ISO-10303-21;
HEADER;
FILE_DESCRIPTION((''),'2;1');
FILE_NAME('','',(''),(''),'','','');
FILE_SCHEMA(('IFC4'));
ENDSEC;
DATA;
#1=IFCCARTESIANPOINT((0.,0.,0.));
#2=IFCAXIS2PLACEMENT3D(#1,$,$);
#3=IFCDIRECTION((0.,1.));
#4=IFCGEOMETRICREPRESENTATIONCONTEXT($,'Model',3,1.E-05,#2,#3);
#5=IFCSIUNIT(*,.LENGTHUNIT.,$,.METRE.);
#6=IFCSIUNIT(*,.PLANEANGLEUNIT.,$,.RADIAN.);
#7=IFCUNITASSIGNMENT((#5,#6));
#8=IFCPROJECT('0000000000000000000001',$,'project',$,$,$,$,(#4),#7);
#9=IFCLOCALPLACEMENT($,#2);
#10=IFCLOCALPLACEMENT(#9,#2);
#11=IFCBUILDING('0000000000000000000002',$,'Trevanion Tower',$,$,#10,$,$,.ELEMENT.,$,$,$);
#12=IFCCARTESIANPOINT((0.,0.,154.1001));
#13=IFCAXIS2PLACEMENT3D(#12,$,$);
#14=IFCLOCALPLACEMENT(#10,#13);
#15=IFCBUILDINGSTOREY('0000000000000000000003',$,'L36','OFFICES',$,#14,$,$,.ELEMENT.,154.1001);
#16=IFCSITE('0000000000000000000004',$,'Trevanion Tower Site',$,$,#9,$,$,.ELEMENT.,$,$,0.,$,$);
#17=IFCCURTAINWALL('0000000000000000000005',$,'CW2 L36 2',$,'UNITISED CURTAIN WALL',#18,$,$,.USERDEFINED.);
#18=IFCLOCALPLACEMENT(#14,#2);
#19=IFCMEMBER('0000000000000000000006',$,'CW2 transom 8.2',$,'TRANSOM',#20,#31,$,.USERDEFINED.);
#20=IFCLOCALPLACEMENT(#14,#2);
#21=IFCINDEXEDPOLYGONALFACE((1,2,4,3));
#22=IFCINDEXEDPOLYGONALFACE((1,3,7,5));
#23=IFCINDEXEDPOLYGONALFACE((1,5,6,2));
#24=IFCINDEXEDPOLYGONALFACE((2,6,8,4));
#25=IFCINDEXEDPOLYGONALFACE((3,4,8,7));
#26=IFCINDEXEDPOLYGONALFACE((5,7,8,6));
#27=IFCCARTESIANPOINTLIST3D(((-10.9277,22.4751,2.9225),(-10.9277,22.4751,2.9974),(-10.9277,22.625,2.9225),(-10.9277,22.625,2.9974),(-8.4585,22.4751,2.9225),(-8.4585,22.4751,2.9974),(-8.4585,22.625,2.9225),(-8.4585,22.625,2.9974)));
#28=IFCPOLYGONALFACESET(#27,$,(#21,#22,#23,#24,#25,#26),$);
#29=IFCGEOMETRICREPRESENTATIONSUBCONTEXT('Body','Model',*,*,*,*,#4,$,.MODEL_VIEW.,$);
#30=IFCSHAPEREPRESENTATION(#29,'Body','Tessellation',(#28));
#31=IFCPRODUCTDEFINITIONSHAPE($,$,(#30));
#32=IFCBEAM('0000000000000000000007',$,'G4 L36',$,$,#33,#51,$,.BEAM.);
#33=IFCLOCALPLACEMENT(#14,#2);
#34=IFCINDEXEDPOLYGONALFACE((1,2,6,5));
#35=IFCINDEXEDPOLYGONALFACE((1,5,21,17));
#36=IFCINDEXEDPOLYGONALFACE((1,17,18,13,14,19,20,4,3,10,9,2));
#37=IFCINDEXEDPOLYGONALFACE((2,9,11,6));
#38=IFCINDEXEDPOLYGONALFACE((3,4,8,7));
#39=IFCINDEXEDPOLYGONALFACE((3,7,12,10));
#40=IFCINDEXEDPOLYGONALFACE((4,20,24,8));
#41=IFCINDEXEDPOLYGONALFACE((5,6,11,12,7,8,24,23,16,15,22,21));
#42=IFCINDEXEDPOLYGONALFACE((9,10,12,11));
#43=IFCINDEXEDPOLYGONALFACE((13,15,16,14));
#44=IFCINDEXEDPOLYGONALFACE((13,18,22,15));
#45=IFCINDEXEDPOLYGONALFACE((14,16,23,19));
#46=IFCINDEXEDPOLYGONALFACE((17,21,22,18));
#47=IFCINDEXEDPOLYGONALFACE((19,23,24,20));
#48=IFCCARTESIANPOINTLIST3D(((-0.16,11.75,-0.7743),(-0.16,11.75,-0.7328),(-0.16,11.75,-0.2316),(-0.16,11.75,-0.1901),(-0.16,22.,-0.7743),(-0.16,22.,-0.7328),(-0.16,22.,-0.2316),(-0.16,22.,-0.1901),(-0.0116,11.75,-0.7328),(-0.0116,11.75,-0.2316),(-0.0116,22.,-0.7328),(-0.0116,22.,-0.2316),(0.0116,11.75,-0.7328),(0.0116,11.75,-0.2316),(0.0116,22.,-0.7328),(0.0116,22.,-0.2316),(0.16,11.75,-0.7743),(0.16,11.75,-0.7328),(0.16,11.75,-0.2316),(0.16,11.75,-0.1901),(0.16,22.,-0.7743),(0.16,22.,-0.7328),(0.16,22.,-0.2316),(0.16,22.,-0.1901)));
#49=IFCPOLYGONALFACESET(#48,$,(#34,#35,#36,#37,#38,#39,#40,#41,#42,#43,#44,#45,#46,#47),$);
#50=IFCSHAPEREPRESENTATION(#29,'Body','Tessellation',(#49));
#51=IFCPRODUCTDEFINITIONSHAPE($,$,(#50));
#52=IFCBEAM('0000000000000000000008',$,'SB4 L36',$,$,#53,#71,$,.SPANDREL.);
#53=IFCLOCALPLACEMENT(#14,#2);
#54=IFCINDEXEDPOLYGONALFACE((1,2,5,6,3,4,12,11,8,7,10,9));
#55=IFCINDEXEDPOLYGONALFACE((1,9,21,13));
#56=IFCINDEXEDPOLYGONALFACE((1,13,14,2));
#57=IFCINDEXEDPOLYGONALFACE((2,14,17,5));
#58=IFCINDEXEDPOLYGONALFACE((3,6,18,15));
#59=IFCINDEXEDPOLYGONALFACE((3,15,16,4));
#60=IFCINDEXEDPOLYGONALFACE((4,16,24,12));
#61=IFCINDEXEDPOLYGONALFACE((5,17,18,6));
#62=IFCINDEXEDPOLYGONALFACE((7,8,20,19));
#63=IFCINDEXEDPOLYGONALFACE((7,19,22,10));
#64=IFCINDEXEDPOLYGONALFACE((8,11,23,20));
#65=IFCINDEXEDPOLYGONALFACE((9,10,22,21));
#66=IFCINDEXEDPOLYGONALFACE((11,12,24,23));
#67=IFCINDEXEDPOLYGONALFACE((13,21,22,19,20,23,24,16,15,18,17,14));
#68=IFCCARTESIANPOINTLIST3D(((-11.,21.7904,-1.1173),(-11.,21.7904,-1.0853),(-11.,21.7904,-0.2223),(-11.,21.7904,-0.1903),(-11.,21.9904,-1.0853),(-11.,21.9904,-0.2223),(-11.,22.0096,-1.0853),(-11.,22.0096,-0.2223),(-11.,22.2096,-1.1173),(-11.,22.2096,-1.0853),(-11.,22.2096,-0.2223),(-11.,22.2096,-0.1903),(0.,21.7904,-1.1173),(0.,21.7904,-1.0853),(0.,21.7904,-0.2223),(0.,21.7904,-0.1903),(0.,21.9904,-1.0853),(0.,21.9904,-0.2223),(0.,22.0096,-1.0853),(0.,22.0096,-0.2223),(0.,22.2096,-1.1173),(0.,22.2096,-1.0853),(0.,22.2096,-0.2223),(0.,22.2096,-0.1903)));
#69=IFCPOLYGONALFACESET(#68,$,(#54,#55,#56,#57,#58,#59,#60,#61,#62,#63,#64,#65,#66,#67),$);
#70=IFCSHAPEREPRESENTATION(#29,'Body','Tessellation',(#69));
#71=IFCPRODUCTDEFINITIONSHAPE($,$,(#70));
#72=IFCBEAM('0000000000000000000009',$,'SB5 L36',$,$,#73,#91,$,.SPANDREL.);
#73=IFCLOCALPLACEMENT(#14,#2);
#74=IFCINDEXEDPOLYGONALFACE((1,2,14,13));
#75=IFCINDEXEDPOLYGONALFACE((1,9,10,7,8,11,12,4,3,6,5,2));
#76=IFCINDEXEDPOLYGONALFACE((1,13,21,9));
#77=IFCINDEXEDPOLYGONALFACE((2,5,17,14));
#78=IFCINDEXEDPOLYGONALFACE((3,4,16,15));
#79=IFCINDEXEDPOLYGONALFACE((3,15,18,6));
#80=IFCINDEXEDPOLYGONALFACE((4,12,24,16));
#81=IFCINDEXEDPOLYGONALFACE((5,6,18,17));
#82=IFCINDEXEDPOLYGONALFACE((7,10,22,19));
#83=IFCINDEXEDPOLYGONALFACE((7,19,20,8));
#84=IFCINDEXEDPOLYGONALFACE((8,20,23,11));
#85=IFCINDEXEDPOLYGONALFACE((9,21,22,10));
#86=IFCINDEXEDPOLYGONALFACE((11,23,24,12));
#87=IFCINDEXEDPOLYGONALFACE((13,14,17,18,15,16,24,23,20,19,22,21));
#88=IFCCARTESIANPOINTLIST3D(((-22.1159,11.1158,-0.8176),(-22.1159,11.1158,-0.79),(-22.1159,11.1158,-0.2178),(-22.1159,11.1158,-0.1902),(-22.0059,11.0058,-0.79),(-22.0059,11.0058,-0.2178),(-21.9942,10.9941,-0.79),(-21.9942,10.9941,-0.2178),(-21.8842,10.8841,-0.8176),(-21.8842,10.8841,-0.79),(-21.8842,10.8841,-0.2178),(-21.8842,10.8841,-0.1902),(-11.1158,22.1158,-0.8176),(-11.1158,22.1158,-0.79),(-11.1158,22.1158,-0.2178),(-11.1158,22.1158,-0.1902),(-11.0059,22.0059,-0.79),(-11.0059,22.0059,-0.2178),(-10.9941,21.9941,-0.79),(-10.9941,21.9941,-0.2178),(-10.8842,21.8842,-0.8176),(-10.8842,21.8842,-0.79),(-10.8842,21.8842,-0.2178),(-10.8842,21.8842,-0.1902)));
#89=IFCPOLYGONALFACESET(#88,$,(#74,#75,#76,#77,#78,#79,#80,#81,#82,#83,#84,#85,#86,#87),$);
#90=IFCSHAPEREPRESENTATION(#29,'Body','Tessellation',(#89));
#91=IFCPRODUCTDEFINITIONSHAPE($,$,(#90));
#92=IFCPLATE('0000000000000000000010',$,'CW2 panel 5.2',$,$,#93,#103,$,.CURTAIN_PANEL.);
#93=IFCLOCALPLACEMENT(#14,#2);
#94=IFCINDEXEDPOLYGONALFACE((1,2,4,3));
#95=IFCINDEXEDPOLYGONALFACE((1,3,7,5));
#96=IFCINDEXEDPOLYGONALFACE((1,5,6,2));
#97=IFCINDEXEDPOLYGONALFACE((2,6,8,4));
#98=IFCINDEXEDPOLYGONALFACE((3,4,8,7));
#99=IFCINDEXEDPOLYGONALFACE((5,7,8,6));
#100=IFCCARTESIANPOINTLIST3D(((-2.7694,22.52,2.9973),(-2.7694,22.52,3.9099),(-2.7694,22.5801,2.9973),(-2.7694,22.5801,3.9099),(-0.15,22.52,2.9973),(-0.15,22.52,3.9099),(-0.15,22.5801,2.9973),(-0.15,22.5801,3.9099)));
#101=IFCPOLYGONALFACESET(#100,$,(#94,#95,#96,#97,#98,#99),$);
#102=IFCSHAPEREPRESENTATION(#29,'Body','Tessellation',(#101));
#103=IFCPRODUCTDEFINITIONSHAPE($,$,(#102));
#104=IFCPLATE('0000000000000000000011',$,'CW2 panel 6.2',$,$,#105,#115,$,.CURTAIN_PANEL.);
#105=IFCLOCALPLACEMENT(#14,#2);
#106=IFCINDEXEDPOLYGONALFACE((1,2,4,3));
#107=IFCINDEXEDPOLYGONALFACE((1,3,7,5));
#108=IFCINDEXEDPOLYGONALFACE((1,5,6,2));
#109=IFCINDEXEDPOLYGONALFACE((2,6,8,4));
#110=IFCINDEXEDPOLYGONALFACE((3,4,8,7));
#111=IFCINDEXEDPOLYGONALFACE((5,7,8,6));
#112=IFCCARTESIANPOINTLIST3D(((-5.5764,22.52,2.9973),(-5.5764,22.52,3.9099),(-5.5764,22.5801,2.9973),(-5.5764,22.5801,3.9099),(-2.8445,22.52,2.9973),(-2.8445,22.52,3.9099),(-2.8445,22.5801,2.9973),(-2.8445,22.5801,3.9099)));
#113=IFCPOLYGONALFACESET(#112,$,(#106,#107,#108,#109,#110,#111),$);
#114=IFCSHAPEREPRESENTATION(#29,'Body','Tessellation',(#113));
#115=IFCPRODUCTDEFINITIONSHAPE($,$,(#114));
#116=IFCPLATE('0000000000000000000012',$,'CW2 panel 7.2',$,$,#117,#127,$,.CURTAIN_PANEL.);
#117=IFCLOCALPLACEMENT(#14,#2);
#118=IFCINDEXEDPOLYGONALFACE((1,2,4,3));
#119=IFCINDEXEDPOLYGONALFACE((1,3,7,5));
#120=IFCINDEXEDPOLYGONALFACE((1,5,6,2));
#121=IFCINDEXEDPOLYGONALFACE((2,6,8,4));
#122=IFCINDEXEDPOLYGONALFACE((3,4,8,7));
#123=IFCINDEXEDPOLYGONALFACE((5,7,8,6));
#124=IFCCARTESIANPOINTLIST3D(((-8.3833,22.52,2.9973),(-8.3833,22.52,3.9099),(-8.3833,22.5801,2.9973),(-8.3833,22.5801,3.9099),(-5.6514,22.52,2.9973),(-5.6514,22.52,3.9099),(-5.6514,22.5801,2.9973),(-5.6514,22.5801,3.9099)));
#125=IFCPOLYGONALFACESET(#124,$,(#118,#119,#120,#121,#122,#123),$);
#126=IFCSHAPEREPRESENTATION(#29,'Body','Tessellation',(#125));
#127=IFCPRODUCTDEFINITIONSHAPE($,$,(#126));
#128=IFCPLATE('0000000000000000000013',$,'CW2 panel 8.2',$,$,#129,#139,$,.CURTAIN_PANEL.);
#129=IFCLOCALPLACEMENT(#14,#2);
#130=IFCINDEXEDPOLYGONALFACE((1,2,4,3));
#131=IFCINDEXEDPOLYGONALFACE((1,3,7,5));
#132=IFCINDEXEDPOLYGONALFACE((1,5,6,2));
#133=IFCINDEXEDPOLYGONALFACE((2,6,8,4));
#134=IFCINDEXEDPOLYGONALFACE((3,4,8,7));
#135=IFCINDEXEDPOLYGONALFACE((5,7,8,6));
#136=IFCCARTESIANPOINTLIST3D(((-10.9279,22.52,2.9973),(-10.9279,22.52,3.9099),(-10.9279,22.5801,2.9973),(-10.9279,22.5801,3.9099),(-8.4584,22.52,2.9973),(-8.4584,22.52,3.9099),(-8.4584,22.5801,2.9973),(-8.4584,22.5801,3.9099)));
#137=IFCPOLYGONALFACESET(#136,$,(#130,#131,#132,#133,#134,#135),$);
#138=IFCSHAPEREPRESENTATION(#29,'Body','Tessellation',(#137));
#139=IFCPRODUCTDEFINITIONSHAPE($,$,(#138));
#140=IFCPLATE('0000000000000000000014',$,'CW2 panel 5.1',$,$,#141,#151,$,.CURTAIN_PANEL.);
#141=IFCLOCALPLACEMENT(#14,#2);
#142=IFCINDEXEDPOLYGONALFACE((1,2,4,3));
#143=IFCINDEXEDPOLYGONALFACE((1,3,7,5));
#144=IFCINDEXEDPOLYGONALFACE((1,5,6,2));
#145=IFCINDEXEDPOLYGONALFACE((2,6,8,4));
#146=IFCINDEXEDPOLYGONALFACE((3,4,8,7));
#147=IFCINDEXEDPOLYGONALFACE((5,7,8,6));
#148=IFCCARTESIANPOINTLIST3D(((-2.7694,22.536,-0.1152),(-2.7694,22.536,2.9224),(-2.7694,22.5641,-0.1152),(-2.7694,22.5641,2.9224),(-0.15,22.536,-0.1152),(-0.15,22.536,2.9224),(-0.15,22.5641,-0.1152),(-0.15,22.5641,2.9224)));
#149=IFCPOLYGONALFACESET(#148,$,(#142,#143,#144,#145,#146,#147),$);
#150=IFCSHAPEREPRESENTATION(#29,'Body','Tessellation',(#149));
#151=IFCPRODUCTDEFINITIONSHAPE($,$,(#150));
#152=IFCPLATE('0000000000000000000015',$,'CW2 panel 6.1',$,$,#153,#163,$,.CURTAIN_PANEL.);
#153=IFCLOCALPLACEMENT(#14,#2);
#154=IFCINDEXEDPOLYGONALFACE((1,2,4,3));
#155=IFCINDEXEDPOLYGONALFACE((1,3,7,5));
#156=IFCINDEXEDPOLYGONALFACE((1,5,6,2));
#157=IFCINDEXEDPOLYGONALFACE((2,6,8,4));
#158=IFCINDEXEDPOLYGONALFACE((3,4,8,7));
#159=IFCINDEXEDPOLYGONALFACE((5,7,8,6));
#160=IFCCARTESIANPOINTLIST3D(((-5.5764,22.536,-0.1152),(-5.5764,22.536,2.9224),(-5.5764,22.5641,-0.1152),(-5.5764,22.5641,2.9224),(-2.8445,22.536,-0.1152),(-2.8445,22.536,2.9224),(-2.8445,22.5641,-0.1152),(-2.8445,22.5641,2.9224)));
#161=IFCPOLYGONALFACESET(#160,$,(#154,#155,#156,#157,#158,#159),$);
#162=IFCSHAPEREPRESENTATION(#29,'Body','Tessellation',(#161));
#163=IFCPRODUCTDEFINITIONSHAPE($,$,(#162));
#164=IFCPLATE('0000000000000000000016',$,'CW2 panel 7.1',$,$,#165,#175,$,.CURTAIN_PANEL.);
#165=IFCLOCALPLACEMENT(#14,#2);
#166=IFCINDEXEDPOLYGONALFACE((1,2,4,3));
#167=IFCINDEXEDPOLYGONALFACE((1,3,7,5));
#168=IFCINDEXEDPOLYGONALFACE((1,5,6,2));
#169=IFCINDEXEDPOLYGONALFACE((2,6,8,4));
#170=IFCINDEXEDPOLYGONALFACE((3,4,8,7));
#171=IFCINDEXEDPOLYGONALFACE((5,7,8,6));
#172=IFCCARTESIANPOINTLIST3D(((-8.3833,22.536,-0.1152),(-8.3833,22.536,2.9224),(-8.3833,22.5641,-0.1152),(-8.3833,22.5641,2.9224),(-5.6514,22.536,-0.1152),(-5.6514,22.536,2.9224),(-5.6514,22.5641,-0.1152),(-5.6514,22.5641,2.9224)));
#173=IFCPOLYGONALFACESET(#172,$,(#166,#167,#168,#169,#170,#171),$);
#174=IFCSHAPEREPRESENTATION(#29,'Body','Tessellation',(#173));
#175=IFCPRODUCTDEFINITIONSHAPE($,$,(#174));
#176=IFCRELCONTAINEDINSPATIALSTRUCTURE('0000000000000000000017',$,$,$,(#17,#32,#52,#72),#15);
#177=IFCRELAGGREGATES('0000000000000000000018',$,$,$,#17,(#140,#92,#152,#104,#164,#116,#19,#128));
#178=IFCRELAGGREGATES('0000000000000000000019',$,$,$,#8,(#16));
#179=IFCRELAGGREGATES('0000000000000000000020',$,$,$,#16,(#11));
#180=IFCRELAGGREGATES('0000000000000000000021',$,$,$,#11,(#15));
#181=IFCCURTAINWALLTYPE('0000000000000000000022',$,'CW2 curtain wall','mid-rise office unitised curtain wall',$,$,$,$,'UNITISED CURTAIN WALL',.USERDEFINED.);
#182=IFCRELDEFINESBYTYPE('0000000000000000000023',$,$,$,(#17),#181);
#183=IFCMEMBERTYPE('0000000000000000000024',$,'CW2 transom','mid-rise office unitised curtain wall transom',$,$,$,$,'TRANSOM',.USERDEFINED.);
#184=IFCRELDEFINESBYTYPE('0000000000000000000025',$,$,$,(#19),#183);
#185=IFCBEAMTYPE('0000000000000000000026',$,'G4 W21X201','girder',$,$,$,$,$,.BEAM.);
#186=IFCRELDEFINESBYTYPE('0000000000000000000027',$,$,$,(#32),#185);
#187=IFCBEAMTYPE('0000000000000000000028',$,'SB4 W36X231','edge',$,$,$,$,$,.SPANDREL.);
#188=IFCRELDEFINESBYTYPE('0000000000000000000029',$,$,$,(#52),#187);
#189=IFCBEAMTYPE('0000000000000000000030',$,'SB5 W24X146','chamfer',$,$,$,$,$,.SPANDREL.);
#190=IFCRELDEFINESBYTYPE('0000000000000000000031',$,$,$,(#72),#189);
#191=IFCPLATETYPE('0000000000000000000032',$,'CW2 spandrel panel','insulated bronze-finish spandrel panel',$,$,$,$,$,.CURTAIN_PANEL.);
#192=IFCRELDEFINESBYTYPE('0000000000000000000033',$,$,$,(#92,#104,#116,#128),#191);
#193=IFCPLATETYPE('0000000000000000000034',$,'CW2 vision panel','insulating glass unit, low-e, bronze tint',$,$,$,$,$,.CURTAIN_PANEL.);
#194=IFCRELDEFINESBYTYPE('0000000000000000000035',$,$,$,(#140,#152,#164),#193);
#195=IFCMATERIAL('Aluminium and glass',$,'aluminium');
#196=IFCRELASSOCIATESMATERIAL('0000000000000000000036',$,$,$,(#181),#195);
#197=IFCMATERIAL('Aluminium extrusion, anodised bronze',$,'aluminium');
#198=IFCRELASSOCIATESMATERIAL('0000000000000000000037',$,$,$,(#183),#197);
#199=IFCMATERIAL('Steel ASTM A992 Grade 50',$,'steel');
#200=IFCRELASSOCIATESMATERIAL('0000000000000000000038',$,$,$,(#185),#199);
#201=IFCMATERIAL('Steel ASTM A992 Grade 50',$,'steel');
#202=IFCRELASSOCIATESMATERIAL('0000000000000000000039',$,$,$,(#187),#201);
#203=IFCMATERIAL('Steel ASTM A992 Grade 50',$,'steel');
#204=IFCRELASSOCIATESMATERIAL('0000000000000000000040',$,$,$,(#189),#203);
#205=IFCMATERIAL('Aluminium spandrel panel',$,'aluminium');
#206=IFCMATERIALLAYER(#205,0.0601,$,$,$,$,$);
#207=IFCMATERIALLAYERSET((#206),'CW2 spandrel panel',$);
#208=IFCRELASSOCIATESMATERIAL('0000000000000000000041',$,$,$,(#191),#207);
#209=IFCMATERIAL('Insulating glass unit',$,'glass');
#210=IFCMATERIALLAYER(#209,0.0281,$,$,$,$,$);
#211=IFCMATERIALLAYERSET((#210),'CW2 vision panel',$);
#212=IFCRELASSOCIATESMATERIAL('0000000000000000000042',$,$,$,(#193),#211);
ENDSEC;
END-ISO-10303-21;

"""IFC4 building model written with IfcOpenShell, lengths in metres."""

from ifc_helpers import new_model, si_unit, direction, frame, origin, origin_2d, place, context, subcontext, project, spatial, rectangle, i_section, extrude, material, layer, layer_set, material_profile, profile_set, type_object, element, aggregate, save


model = new_model("IFC4")

# Units and contexts
model_context = context("Model", 3, precision=1e-05, world=origin(), true_north=direction((0.0, 1.0)))
body_context = subcontext(model_context, "Body", "Model", "MODEL_VIEW")
ifc_project = project(units=[si_unit("LENGTHUNIT", "METRE"), si_unit("PLANEANGLEUNIT", "RADIAN")], contexts=[model_context])

# Site, building, storey
site_placement = place(None, origin())
site = spatial("IfcSite", under=ifc_project, at=site_placement, Name="Trevanion Tower Site", CompositionType="ELEMENT", RefElevation=0.0)
building_placement = place(site_placement, origin())
building = spatial("IfcBuilding", under=site, at=building_placement, Name="Trevanion Tower", CompositionType="ELEMENT")
storey_placement = place(building_placement, frame((0.0, 0.0, 154.1001)))
storey = spatial("IfcBuildingStorey", under=building, at=storey_placement, Name="L36", Description="OFFICES", CompositionType="ELEMENT", Elevation=154.1001)

# Curtain wall, member
ifc_material_1 = material(Name="Aluminium and glass", Category="aluminium")
curtain_wall_type = type_object("IfcCurtainWallType", Name="CW2 curtain wall", Description="mid-rise office unitised curtain wall", ElementType="UNITISED CURTAIN WALL", PredefinedType="USERDEFINED", material=ifc_material_1)
curtain_wall_placement = place(storey_placement, origin())
curtain_wall = element("IfcCurtainWall", 1, at=curtain_wall_placement, inside=storey, type_object=curtain_wall_type, Name="CW2 L36 2", ObjectType="UNITISED CURTAIN WALL", PredefinedType="USERDEFINED")
ifc_material_2 = material(Name="Aluminium extrusion, anodised bronze", Category="aluminium")
ifc_material_profile_1 = material_profile(ifc_material_2, rectangle(XDim=0.1499, YDim=0.075, at=origin_2d()), Name="CW2 transom")
ifc_profile_set_1 = profile_set([ifc_material_profile_1], Name="Aluminium extrusion, anodised bronze")
member_type_1 = type_object("IfcMemberType", Name="CW2 transom", Description="mid-rise office unitised curtain wall transom", ElementType="TRANSOM", PredefinedType="USERDEFINED", material=ifc_profile_set_1)
member_1_placement = place(storey_placement, frame((-8.4585, 22.55, 2.96), z_axis=(-1.0, 0.0, 0.0), x_axis=(0.0, -1.0, 0.0)))
member_1 = element("IfcMember", 2, at=member_1_placement, type_object=member_type_1, Name="CW2 transom 8.2", ObjectType="TRANSOM", PredefinedType="USERDEFINED", context=body_context, shape_type="SweptSolid", body=[
    extrude(rectangle(XDim=0.1499, YDim=0.075, at=origin_2d()), origin(), (0.0, 0.0, 1.0), 2.4692),
])

# Beams
ifc_material_3 = material(Name="Steel ASTM A992 Grade 50", Category="steel")
ifc_material_profile_2 = material_profile(ifc_material_3, i_section(OverallWidth=0.3201, OverallDepth=0.5842, WebThickness=0.0232, FlangeThickness=0.0415, at=origin_2d()), Name="W21X201")
ifc_profile_set_2 = profile_set([ifc_material_profile_2], Name="Steel ASTM A992 Grade 50")
beam_type_1 = type_object("IfcBeamType", Name="G4 W21X201", Description="girder", PredefinedType="BEAM", material=ifc_profile_set_2)
beam_1_placement = place(storey_placement, frame((0.0, 11.75, -0.4822), z_axis=(0.0, 1.0, 0.0), x_axis=(-1.0, 0.0, 0.0)))
element("IfcBeam", 3, at=beam_1_placement, inside=storey, type_object=beam_type_1, Name="G4 L36", PredefinedType="BEAM", context=body_context, shape_type="SweptSolid", body=[
    extrude(i_section(OverallWidth=0.3201, OverallDepth=0.5842, WebThickness=0.0232, FlangeThickness=0.0415, at=origin_2d()), origin(), (0.0, 0.0, 1.0), 10.25),
])
ifc_material_4 = material(Name="Steel ASTM A992 Grade 50", Category="steel")
ifc_material_profile_3 = material_profile(ifc_material_4, i_section(OverallWidth=0.4192, OverallDepth=0.927, WebThickness=0.0193, FlangeThickness=0.032, at=origin_2d()), Name="W36X231")
ifc_profile_set_3 = profile_set([ifc_material_profile_3], Name="Steel ASTM A992 Grade 50")
beam_type_2 = type_object("IfcBeamType", Name="SB4 W36X231", Description="edge", PredefinedType="SPANDREL", material=ifc_profile_set_3)
beam_2_placement = place(storey_placement, frame((0.0, 22.0, -0.6538), z_axis=(-1.0, 0.0, 0.0), x_axis=(0.0, -1.0, 0.0)))
element("IfcBeam", 4, at=beam_2_placement, inside=storey, type_object=beam_type_2, Name="SB4 L36", PredefinedType="SPANDREL", context=body_context, shape_type="SweptSolid", body=[
    extrude(i_section(OverallWidth=0.4192, OverallDepth=0.927, WebThickness=0.0193, FlangeThickness=0.032, at=origin_2d()), origin(), (0.0, 0.0, 1.0), 11.0),
])
ifc_material_5 = material(Name="Steel ASTM A992 Grade 50", Category="steel")
ifc_material_profile_4 = material_profile(ifc_material_5, i_section(OverallWidth=0.3276, OverallDepth=0.6274, WebThickness=0.0166, FlangeThickness=0.0276, at=origin_2d()), Name="W24X146")
ifc_profile_set_4 = profile_set([ifc_material_profile_4], Name="Steel ASTM A992 Grade 50")
beam_type_3 = type_object("IfcBeamType", Name="SB5 W24X146", Description="chamfer", PredefinedType="SPANDREL", material=ifc_profile_set_4)
beam_3_placement = place(storey_placement, frame((-11.0, 22.0, -0.5039), z_axis=(-0.707107, -0.707107, 0.0), x_axis=(0.707107, -0.707107, 0.0)))
element("IfcBeam", 5, at=beam_3_placement, inside=storey, type_object=beam_type_3, Name="SB5 L36", PredefinedType="SPANDREL", context=body_context, shape_type="SweptSolid", body=[
    extrude(i_section(OverallWidth=0.3276, OverallDepth=0.6274, WebThickness=0.0166, FlangeThickness=0.0276, at=origin_2d()), origin(), (0.0, 0.0, 1.0), 15.5564),
])

# Plates
ifc_material_6 = material(Name="Aluminium spandrel panel", Category="aluminium")
ifc_layer_1 = layer(ifc_material_6, 0.0601)
ifc_layer_set_1 = layer_set([ifc_layer_1], Name="CW2 spandrel panel")
plate_type_1 = type_object("IfcPlateType", Name="CW2 spandrel panel", Description="insulated bronze-finish spandrel panel", PredefinedType="CURTAIN_PANEL", material=ifc_layer_set_1)
plate_1_placement = place(storey_placement, frame((-1.4597, 22.55, 2.9973), z_axis=(0.0, 0.0, 1.0), x_axis=(-1.0, 0.0, 0.0)))
plate_1 = element("IfcPlate", 6, at=plate_1_placement, type_object=plate_type_1, Name="CW2 panel 5.2", PredefinedType="CURTAIN_PANEL", context=body_context, shape_type="SweptSolid", body=[
    extrude(rectangle(XDim=2.6194, YDim=0.0601, at=origin_2d()), origin(), (0.0, 0.0, 1.0), 0.9126),
])
plate_2_placement = place(storey_placement, frame((-4.2104, 22.55, 2.9973), z_axis=(0.0, 0.0, 1.0), x_axis=(-1.0, 0.0, 0.0)))
plate_2 = element("IfcPlate", 7, at=plate_2_placement, type_object=plate_type_1, Name="CW2 panel 6.2", PredefinedType="CURTAIN_PANEL", context=body_context, shape_type="SweptSolid", body=[
    extrude(rectangle(XDim=2.7319, YDim=0.0601, at=origin_2d()), origin(), (0.0, 0.0, 1.0), 0.9126),
])
plate_3_placement = place(storey_placement, frame((-7.0173, 22.55, 2.9973), z_axis=(0.0, 0.0, 1.0), x_axis=(-1.0, 0.0, 0.0)))
plate_3 = element("IfcPlate", 8, at=plate_3_placement, type_object=plate_type_1, Name="CW2 panel 7.2", PredefinedType="CURTAIN_PANEL", context=body_context, shape_type="SweptSolid", body=[
    extrude(rectangle(XDim=2.7319, YDim=0.0601, at=origin_2d()), origin(), (0.0, 0.0, 1.0), 0.9126),
])
plate_4_placement = place(storey_placement, frame((-9.6931, 22.55, 2.9973), z_axis=(0.0, 0.0, 1.0), x_axis=(-1.0, 0.0, 0.0)))
plate_4 = element("IfcPlate", 9, at=plate_4_placement, type_object=plate_type_1, Name="CW2 panel 8.2", PredefinedType="CURTAIN_PANEL", context=body_context, shape_type="SweptSolid", body=[
    extrude(rectangle(XDim=2.4695, YDim=0.0601, at=origin_2d()), origin(), (0.0, 0.0, 1.0), 0.9126),
])
ifc_material_7 = material(Name="Insulating glass unit", Category="glass")
ifc_layer_2 = layer(ifc_material_7, 0.0281)
ifc_layer_set_2 = layer_set([ifc_layer_2], Name="CW2 vision panel")
plate_type_2 = type_object("IfcPlateType", Name="CW2 vision panel", Description="insulating glass unit, low-e, bronze tint", PredefinedType="CURTAIN_PANEL", material=ifc_layer_set_2)
plate_5_placement = place(storey_placement, frame((-1.4597, 22.55, -0.1152), z_axis=(0.0, 0.0, 1.0), x_axis=(-1.0, 0.0, 0.0)))
plate_5 = element("IfcPlate", 10, at=plate_5_placement, type_object=plate_type_2, Name="CW2 panel 5.1", PredefinedType="CURTAIN_PANEL", context=body_context, shape_type="SweptSolid", body=[
    extrude(rectangle(XDim=2.6194, YDim=0.0281, at=origin_2d()), origin(), (0.0, 0.0, 1.0), 3.0376),
])
plate_6_placement = place(storey_placement, frame((-4.2104, 22.55, -0.1152), z_axis=(0.0, 0.0, 1.0), x_axis=(-1.0, 0.0, 0.0)))
plate_6 = element("IfcPlate", 11, at=plate_6_placement, type_object=plate_type_2, Name="CW2 panel 6.1", PredefinedType="CURTAIN_PANEL", context=body_context, shape_type="SweptSolid", body=[
    extrude(rectangle(XDim=2.7319, YDim=0.0281, at=origin_2d()), origin(), (0.0, 0.0, 1.0), 3.0376),
])
plate_7_placement = place(storey_placement, frame((-7.0173, 22.55, -0.1152), z_axis=(0.0, 0.0, 1.0), x_axis=(-1.0, 0.0, 0.0)))
plate_7 = element("IfcPlate", 12, at=plate_7_placement, type_object=plate_type_2, Name="CW2 panel 7.1", PredefinedType="CURTAIN_PANEL", context=body_context, shape_type="SweptSolid", body=[
    extrude(rectangle(XDim=2.7319, YDim=0.0281, at=origin_2d()), origin(), (0.0, 0.0, 1.0), 3.0376),
])
aggregate(curtain_wall, [plate_5, plate_1, plate_6, plate_2, plate_7, plate_3, member_1, plate_4])

save(model, "model.ifc")
